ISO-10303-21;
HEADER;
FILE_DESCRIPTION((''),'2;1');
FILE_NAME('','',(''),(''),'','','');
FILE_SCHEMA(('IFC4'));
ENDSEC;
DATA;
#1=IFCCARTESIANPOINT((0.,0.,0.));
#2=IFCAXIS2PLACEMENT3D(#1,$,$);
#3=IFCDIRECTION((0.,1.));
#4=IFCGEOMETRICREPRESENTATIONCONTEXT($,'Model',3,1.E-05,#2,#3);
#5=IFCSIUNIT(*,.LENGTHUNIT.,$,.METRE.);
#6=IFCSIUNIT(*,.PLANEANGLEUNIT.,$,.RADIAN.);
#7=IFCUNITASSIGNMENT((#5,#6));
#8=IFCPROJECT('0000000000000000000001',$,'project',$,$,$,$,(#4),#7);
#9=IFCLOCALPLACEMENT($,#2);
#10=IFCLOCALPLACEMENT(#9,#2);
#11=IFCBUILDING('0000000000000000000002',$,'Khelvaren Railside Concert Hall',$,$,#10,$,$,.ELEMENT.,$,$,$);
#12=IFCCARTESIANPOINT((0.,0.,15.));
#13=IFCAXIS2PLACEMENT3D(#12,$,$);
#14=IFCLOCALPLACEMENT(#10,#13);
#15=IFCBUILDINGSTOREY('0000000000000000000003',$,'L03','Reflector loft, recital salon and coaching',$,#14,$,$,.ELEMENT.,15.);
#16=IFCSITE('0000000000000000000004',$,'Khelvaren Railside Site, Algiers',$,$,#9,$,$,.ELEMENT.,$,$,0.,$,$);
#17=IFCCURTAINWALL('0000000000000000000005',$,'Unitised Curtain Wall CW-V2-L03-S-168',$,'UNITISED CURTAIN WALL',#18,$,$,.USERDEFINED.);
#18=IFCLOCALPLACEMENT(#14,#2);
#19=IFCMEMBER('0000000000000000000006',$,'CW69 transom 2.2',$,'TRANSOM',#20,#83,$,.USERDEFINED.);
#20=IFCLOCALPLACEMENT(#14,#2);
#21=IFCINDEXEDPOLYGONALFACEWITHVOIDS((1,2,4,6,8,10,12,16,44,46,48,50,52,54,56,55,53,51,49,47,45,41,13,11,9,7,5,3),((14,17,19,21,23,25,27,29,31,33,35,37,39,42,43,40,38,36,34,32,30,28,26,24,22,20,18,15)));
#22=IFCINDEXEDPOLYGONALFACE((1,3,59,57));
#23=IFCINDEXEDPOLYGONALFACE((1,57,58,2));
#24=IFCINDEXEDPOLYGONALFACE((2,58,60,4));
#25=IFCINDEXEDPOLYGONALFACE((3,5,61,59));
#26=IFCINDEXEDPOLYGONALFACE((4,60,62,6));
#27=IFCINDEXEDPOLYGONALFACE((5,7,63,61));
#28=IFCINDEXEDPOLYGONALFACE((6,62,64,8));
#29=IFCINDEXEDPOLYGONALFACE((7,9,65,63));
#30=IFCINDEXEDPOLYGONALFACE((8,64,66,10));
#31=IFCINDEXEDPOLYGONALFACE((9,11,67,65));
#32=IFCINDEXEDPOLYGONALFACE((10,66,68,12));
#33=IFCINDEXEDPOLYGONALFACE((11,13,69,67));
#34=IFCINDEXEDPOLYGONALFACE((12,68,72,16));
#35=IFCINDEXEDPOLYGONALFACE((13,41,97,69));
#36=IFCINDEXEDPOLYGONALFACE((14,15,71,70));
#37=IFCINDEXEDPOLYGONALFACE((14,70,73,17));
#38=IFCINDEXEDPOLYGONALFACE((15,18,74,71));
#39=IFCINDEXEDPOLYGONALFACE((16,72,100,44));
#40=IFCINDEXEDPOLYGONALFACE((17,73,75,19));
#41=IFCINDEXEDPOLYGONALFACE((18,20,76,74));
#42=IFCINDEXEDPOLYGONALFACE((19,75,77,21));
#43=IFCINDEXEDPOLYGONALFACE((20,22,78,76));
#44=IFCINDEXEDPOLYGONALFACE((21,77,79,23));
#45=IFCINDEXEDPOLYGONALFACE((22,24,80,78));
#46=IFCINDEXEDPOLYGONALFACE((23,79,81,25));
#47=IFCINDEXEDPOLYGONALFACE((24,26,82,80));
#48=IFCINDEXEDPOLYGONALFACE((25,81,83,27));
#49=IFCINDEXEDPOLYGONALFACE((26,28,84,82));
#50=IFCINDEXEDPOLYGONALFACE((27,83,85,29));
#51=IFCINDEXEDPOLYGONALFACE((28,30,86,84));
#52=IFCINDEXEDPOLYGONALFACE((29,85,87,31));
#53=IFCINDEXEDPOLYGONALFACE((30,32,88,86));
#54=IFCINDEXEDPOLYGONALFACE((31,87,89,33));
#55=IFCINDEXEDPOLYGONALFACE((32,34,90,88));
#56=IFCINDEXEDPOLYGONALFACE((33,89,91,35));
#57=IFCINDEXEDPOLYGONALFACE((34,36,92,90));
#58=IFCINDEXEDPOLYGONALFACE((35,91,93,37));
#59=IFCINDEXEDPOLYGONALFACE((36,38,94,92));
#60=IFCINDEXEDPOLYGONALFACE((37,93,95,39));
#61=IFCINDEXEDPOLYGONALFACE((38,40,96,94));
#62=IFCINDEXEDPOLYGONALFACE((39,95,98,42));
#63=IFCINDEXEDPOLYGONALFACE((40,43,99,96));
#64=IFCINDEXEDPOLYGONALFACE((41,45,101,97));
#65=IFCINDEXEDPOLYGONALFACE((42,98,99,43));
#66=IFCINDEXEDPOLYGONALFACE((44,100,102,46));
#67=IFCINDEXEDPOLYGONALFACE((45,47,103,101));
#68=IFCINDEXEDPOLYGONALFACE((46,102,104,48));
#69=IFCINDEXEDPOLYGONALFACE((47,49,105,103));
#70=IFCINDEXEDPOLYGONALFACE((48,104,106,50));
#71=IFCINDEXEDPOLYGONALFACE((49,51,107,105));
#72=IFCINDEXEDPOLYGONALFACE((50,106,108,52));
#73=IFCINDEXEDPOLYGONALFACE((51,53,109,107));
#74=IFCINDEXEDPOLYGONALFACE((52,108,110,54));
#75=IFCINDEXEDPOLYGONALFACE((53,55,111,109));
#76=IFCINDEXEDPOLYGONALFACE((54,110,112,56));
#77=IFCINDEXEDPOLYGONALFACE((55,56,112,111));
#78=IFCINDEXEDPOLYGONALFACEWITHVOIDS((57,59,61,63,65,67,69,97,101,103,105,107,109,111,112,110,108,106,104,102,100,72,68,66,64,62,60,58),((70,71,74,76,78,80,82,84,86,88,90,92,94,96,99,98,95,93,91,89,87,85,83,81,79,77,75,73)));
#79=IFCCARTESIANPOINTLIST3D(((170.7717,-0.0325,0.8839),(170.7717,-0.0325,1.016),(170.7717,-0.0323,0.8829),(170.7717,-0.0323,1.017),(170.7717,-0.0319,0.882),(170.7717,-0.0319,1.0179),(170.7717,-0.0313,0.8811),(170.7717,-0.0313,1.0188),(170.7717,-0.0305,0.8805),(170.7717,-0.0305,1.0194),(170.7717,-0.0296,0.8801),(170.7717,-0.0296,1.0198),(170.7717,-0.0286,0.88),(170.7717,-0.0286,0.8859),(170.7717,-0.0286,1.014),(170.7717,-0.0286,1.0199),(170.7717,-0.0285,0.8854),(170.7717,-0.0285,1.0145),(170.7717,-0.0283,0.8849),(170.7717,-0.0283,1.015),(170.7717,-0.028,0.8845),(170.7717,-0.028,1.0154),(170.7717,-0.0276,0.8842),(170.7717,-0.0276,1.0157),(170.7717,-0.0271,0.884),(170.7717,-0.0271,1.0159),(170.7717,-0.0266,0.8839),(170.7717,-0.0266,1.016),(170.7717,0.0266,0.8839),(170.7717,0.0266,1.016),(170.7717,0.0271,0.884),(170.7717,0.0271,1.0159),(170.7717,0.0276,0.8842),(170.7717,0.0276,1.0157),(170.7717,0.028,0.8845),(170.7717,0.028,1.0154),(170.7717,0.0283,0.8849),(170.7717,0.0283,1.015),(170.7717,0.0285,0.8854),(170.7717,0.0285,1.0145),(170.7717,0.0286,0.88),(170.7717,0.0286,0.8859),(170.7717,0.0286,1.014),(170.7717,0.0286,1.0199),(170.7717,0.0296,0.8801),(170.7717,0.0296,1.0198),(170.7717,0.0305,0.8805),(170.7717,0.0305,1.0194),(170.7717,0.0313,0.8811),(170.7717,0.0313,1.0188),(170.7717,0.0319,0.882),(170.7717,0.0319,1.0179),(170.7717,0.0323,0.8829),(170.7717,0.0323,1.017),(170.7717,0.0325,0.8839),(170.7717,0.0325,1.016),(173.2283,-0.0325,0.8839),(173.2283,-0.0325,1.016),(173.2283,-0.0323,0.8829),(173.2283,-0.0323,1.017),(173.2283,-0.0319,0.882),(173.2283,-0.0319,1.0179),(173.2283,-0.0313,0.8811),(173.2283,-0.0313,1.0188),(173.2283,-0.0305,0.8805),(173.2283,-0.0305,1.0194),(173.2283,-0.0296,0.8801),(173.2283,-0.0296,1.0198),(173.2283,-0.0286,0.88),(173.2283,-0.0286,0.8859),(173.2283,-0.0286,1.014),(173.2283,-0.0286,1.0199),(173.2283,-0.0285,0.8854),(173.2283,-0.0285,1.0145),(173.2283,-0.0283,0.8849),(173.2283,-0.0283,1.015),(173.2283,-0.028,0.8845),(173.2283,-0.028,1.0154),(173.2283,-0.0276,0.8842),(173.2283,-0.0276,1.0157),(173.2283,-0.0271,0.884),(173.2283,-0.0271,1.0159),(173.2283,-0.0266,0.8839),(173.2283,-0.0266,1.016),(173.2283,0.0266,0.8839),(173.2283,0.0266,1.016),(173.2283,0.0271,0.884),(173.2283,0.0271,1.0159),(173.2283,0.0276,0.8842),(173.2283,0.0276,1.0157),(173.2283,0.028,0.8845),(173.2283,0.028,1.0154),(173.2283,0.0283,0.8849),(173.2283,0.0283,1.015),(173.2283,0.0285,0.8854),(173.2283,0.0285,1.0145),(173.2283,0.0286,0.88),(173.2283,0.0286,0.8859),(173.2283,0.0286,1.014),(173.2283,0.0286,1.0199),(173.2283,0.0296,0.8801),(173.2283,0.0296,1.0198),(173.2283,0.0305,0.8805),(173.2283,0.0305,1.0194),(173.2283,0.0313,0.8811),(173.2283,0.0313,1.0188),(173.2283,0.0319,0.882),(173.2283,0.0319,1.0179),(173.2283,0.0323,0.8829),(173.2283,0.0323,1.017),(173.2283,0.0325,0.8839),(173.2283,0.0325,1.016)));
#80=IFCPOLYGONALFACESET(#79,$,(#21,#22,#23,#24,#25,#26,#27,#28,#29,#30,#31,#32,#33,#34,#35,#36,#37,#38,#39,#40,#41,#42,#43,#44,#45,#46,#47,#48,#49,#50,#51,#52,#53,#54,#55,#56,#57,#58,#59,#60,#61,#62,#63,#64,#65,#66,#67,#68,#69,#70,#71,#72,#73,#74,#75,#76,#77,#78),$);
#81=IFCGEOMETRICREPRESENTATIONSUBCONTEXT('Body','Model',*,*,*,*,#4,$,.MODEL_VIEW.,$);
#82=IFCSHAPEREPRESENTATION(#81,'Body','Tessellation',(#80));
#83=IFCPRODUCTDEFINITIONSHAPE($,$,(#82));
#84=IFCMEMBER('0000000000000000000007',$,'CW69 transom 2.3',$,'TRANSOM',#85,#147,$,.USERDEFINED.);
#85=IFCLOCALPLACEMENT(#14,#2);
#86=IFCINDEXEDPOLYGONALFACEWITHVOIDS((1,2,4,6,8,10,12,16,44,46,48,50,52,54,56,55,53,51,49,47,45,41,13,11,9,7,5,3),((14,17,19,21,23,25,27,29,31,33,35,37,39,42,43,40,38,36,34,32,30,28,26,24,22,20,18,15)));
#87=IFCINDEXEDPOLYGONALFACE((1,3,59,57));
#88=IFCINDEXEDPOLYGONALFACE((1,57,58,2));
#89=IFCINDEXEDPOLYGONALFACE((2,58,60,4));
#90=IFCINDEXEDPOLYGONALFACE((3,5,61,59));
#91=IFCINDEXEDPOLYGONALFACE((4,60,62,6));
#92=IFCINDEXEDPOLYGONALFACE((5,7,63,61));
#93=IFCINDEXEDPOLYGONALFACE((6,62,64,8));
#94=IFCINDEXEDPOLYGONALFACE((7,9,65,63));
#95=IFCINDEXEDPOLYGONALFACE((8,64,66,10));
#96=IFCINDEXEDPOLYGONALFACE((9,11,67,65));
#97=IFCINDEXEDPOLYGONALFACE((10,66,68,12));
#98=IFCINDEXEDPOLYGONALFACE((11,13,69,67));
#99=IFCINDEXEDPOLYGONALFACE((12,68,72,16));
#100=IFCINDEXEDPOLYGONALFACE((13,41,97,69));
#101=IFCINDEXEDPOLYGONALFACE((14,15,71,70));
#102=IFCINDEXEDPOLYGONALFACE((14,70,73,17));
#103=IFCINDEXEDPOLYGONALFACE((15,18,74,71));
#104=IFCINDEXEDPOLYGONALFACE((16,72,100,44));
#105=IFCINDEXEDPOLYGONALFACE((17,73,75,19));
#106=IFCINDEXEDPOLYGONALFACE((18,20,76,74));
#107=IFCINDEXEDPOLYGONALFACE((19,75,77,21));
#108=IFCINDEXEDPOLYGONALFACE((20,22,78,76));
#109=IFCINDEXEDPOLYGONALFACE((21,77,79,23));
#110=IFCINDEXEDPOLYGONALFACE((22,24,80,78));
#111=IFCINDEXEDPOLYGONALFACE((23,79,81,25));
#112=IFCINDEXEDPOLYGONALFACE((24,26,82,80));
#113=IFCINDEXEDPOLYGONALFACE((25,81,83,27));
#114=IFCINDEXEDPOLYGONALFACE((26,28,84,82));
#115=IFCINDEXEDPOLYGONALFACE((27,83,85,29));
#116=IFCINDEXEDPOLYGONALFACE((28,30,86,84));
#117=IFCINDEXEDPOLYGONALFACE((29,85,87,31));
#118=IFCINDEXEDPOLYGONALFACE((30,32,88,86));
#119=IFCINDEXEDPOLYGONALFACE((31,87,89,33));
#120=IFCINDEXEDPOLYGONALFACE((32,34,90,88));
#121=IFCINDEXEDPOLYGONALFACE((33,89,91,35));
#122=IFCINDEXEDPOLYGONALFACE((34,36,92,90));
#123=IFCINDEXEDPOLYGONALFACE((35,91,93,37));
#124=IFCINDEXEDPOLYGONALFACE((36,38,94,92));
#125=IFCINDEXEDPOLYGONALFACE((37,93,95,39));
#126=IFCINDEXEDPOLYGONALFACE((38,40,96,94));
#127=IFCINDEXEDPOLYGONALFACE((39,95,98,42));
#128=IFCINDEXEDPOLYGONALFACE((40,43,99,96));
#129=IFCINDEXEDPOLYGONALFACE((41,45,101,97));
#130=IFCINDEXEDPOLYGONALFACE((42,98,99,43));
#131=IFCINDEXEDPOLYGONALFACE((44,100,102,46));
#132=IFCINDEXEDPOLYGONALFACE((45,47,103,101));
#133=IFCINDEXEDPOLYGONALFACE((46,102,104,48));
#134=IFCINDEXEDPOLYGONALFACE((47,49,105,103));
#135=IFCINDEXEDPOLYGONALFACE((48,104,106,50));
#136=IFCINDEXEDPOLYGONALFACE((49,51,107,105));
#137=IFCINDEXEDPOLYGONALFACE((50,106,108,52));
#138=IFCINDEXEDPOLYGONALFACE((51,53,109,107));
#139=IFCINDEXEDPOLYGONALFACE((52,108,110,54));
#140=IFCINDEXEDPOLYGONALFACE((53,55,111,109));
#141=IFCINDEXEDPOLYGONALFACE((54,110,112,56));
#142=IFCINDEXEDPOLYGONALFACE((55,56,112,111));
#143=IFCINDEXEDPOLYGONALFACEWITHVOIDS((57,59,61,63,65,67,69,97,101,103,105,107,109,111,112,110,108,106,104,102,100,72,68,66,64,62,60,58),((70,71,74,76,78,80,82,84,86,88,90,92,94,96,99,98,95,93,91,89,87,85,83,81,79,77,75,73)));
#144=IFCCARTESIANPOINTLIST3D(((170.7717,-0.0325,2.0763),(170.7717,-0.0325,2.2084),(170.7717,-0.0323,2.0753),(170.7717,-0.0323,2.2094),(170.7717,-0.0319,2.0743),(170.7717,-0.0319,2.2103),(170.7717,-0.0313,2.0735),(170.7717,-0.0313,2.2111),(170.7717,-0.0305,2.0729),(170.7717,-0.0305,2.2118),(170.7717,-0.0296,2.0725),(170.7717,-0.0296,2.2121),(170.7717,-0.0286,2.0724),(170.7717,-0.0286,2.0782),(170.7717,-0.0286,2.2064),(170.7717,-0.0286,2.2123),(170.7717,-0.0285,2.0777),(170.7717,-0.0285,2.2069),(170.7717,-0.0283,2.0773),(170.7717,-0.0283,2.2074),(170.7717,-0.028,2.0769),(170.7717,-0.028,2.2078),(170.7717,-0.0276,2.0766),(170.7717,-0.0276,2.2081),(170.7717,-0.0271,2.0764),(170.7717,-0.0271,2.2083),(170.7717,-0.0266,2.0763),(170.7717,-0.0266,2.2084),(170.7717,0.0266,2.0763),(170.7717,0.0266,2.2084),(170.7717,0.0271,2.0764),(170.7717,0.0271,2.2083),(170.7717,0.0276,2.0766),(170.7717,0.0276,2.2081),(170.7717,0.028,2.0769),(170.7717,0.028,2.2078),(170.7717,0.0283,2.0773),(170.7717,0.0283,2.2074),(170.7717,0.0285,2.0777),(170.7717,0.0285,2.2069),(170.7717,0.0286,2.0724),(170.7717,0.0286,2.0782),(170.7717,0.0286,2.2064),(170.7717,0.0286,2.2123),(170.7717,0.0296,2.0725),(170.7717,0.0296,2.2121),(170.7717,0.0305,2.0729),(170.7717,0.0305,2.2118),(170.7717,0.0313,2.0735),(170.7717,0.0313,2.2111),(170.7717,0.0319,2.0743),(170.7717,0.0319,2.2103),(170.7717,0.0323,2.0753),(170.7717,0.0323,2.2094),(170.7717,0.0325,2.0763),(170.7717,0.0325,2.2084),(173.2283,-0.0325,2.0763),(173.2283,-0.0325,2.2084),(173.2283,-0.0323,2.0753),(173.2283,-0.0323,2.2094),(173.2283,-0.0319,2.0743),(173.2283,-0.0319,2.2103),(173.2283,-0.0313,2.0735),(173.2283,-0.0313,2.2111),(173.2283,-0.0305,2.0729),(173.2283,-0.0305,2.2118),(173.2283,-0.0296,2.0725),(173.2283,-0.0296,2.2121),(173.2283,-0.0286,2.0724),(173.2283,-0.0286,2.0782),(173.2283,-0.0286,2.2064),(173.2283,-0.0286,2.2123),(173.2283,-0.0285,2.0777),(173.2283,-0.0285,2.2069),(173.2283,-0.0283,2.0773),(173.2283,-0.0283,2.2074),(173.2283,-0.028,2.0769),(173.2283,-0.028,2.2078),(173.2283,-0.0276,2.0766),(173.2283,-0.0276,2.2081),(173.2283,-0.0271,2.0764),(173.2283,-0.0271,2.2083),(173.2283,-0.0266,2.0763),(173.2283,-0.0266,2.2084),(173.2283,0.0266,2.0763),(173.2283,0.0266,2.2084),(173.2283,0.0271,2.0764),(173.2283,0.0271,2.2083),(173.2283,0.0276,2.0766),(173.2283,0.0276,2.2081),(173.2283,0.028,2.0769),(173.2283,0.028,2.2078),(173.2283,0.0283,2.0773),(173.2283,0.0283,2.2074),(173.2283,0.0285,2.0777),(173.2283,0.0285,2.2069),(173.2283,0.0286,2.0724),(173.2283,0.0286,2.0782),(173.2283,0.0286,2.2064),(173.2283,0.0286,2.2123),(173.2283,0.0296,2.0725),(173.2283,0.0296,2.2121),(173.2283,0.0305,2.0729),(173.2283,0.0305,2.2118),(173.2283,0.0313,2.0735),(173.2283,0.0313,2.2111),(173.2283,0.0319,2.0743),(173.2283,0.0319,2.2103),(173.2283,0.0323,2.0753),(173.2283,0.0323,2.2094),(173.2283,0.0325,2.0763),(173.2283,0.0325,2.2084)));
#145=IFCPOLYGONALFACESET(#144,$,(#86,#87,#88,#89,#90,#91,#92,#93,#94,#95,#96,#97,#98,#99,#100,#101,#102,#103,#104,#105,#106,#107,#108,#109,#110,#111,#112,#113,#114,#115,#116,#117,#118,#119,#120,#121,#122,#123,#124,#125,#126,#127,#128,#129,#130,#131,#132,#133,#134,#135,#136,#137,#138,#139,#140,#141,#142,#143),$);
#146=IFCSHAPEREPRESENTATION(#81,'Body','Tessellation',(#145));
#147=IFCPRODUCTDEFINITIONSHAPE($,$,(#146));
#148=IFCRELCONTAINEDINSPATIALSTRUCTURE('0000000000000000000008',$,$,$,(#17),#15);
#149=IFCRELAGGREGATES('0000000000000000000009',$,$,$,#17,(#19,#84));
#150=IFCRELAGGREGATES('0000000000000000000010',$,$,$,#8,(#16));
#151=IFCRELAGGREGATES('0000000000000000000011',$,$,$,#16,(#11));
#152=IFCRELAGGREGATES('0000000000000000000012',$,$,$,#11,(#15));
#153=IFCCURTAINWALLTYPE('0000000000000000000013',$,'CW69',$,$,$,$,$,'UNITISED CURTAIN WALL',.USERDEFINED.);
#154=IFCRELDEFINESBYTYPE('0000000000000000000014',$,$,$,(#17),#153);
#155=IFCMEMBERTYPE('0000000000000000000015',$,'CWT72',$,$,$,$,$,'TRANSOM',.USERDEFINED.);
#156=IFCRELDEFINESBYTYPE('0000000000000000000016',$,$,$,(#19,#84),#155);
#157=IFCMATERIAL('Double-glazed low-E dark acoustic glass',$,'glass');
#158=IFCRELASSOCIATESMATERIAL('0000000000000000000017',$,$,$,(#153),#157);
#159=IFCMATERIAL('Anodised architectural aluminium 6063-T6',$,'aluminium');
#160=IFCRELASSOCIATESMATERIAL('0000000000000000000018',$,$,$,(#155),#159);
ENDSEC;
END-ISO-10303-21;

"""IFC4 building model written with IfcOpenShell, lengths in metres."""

from ifc_helpers import new_model, si_unit, direction, frame, origin, origin_2d, place, context, subcontext, project, spatial, hollow_rectangle, extrude, material, material_profile, profile_set, type_object, element, aggregate, save


model = new_model("IFC4")

# Units and contexts
model_context = context("Model", 3, precision=1e-05, world=origin(), true_north=direction((0.0, 1.0)))
body_context = subcontext(model_context, "Body", "Model", "MODEL_VIEW")
ifc_project = project(units=[si_unit("LENGTHUNIT", "METRE"), si_unit("PLANEANGLEUNIT", "RADIAN")], contexts=[model_context])

# Site, building, storey
site_placement = place(None, origin())
site = spatial("IfcSite", under=ifc_project, at=site_placement, Name="Khelvaren Railside Site, Algiers", CompositionType="ELEMENT", RefElevation=0.0)
building_placement = place(site_placement, origin())
building = spatial("IfcBuilding", under=site, at=building_placement, Name="Khelvaren Railside Concert Hall", CompositionType="ELEMENT")
storey_placement = place(building_placement, frame((0.0, 0.0, 15.0)))
storey = spatial("IfcBuildingStorey", under=building, at=storey_placement, Name="L03", Description="Reflector loft, recital salon and coaching", CompositionType="ELEMENT", Elevation=15.0)

# Shared definitions
ifc_material_1 = material(Name="Double-glazed low-E dark acoustic glass", Category="glass")
ifc_material_2 = material(Name="Anodised architectural aluminium 6063-T6", Category="aluminium")

# Curtain wall
curtain_wall_type_1 = type_object("IfcCurtainWallType", Name="CW69", ElementType="UNITISED CURTAIN WALL", PredefinedType="USERDEFINED", material=ifc_material_1)
curtain_wall_1_placement = place(storey_placement, origin())
curtain_wall_1 = element("IfcCurtainWall", 1, at=curtain_wall_1_placement, inside=storey, type_object=curtain_wall_type_1, Name="Unitised Curtain Wall CW-V2-L03-S-168", ObjectType="UNITISED CURTAIN WALL", PredefinedType="USERDEFINED")

# Members
ifc_material_profile_1 = material_profile(ifc_material_2, hollow_rectangle(XDim=0.0649, YDim=0.1399, WallThickness=0.0039, InnerFilletRadius=0.002, OuterFilletRadius=0.0039, at=origin_2d()), Name="CWT 65x140x4")
ifc_profile_set_1 = profile_set([ifc_material_profile_1], Name="Anodised architectural aluminium 6063-T6")
member_type_1 = type_object("IfcMemberType", Name="CWT72", ElementType="TRANSOM", PredefinedType="USERDEFINED", material=ifc_profile_set_1)
member_1_placement = place(storey_placement, frame((173.2283, 0.0, 0.95), z_axis=(-1.0, 0.0, 0.0), x_axis=(0.0, -1.0, 0.0)))
member_1 = element("IfcMember", 2, at=member_1_placement, type_object=member_type_1, Name="CW69 transom 2.2", ObjectType="TRANSOM", PredefinedType="USERDEFINED", context=body_context, shape_type="SweptSolid", body=[
    extrude(hollow_rectangle(XDim=0.0649, YDim=0.1399, WallThickness=0.0039, InnerFilletRadius=0.002, OuterFilletRadius=0.0039, at=origin_2d()), origin(), (0.0, 0.0, 1.0), 2.4565),
])
member_2_placement = place(storey_placement, frame((173.2283, 0.0, 2.1423), z_axis=(-1.0, 0.0, 0.0), x_axis=(0.0, -1.0, 0.0)))
member_2 = element("IfcMember", 3, at=member_2_placement, type_object=member_type_1, Name="CW69 transom 2.3", ObjectType="TRANSOM", PredefinedType="USERDEFINED", context=body_context, shape_type="SweptSolid", body=[
    extrude(hollow_rectangle(XDim=0.0649, YDim=0.1399, WallThickness=0.0039, InnerFilletRadius=0.002, OuterFilletRadius=0.0039, at=origin_2d()), origin(), (0.0, 0.0, 1.0), 2.4565),
])

aggregate(curtain_wall_1, [member_1, member_2])

save(model, "model.ifc")
